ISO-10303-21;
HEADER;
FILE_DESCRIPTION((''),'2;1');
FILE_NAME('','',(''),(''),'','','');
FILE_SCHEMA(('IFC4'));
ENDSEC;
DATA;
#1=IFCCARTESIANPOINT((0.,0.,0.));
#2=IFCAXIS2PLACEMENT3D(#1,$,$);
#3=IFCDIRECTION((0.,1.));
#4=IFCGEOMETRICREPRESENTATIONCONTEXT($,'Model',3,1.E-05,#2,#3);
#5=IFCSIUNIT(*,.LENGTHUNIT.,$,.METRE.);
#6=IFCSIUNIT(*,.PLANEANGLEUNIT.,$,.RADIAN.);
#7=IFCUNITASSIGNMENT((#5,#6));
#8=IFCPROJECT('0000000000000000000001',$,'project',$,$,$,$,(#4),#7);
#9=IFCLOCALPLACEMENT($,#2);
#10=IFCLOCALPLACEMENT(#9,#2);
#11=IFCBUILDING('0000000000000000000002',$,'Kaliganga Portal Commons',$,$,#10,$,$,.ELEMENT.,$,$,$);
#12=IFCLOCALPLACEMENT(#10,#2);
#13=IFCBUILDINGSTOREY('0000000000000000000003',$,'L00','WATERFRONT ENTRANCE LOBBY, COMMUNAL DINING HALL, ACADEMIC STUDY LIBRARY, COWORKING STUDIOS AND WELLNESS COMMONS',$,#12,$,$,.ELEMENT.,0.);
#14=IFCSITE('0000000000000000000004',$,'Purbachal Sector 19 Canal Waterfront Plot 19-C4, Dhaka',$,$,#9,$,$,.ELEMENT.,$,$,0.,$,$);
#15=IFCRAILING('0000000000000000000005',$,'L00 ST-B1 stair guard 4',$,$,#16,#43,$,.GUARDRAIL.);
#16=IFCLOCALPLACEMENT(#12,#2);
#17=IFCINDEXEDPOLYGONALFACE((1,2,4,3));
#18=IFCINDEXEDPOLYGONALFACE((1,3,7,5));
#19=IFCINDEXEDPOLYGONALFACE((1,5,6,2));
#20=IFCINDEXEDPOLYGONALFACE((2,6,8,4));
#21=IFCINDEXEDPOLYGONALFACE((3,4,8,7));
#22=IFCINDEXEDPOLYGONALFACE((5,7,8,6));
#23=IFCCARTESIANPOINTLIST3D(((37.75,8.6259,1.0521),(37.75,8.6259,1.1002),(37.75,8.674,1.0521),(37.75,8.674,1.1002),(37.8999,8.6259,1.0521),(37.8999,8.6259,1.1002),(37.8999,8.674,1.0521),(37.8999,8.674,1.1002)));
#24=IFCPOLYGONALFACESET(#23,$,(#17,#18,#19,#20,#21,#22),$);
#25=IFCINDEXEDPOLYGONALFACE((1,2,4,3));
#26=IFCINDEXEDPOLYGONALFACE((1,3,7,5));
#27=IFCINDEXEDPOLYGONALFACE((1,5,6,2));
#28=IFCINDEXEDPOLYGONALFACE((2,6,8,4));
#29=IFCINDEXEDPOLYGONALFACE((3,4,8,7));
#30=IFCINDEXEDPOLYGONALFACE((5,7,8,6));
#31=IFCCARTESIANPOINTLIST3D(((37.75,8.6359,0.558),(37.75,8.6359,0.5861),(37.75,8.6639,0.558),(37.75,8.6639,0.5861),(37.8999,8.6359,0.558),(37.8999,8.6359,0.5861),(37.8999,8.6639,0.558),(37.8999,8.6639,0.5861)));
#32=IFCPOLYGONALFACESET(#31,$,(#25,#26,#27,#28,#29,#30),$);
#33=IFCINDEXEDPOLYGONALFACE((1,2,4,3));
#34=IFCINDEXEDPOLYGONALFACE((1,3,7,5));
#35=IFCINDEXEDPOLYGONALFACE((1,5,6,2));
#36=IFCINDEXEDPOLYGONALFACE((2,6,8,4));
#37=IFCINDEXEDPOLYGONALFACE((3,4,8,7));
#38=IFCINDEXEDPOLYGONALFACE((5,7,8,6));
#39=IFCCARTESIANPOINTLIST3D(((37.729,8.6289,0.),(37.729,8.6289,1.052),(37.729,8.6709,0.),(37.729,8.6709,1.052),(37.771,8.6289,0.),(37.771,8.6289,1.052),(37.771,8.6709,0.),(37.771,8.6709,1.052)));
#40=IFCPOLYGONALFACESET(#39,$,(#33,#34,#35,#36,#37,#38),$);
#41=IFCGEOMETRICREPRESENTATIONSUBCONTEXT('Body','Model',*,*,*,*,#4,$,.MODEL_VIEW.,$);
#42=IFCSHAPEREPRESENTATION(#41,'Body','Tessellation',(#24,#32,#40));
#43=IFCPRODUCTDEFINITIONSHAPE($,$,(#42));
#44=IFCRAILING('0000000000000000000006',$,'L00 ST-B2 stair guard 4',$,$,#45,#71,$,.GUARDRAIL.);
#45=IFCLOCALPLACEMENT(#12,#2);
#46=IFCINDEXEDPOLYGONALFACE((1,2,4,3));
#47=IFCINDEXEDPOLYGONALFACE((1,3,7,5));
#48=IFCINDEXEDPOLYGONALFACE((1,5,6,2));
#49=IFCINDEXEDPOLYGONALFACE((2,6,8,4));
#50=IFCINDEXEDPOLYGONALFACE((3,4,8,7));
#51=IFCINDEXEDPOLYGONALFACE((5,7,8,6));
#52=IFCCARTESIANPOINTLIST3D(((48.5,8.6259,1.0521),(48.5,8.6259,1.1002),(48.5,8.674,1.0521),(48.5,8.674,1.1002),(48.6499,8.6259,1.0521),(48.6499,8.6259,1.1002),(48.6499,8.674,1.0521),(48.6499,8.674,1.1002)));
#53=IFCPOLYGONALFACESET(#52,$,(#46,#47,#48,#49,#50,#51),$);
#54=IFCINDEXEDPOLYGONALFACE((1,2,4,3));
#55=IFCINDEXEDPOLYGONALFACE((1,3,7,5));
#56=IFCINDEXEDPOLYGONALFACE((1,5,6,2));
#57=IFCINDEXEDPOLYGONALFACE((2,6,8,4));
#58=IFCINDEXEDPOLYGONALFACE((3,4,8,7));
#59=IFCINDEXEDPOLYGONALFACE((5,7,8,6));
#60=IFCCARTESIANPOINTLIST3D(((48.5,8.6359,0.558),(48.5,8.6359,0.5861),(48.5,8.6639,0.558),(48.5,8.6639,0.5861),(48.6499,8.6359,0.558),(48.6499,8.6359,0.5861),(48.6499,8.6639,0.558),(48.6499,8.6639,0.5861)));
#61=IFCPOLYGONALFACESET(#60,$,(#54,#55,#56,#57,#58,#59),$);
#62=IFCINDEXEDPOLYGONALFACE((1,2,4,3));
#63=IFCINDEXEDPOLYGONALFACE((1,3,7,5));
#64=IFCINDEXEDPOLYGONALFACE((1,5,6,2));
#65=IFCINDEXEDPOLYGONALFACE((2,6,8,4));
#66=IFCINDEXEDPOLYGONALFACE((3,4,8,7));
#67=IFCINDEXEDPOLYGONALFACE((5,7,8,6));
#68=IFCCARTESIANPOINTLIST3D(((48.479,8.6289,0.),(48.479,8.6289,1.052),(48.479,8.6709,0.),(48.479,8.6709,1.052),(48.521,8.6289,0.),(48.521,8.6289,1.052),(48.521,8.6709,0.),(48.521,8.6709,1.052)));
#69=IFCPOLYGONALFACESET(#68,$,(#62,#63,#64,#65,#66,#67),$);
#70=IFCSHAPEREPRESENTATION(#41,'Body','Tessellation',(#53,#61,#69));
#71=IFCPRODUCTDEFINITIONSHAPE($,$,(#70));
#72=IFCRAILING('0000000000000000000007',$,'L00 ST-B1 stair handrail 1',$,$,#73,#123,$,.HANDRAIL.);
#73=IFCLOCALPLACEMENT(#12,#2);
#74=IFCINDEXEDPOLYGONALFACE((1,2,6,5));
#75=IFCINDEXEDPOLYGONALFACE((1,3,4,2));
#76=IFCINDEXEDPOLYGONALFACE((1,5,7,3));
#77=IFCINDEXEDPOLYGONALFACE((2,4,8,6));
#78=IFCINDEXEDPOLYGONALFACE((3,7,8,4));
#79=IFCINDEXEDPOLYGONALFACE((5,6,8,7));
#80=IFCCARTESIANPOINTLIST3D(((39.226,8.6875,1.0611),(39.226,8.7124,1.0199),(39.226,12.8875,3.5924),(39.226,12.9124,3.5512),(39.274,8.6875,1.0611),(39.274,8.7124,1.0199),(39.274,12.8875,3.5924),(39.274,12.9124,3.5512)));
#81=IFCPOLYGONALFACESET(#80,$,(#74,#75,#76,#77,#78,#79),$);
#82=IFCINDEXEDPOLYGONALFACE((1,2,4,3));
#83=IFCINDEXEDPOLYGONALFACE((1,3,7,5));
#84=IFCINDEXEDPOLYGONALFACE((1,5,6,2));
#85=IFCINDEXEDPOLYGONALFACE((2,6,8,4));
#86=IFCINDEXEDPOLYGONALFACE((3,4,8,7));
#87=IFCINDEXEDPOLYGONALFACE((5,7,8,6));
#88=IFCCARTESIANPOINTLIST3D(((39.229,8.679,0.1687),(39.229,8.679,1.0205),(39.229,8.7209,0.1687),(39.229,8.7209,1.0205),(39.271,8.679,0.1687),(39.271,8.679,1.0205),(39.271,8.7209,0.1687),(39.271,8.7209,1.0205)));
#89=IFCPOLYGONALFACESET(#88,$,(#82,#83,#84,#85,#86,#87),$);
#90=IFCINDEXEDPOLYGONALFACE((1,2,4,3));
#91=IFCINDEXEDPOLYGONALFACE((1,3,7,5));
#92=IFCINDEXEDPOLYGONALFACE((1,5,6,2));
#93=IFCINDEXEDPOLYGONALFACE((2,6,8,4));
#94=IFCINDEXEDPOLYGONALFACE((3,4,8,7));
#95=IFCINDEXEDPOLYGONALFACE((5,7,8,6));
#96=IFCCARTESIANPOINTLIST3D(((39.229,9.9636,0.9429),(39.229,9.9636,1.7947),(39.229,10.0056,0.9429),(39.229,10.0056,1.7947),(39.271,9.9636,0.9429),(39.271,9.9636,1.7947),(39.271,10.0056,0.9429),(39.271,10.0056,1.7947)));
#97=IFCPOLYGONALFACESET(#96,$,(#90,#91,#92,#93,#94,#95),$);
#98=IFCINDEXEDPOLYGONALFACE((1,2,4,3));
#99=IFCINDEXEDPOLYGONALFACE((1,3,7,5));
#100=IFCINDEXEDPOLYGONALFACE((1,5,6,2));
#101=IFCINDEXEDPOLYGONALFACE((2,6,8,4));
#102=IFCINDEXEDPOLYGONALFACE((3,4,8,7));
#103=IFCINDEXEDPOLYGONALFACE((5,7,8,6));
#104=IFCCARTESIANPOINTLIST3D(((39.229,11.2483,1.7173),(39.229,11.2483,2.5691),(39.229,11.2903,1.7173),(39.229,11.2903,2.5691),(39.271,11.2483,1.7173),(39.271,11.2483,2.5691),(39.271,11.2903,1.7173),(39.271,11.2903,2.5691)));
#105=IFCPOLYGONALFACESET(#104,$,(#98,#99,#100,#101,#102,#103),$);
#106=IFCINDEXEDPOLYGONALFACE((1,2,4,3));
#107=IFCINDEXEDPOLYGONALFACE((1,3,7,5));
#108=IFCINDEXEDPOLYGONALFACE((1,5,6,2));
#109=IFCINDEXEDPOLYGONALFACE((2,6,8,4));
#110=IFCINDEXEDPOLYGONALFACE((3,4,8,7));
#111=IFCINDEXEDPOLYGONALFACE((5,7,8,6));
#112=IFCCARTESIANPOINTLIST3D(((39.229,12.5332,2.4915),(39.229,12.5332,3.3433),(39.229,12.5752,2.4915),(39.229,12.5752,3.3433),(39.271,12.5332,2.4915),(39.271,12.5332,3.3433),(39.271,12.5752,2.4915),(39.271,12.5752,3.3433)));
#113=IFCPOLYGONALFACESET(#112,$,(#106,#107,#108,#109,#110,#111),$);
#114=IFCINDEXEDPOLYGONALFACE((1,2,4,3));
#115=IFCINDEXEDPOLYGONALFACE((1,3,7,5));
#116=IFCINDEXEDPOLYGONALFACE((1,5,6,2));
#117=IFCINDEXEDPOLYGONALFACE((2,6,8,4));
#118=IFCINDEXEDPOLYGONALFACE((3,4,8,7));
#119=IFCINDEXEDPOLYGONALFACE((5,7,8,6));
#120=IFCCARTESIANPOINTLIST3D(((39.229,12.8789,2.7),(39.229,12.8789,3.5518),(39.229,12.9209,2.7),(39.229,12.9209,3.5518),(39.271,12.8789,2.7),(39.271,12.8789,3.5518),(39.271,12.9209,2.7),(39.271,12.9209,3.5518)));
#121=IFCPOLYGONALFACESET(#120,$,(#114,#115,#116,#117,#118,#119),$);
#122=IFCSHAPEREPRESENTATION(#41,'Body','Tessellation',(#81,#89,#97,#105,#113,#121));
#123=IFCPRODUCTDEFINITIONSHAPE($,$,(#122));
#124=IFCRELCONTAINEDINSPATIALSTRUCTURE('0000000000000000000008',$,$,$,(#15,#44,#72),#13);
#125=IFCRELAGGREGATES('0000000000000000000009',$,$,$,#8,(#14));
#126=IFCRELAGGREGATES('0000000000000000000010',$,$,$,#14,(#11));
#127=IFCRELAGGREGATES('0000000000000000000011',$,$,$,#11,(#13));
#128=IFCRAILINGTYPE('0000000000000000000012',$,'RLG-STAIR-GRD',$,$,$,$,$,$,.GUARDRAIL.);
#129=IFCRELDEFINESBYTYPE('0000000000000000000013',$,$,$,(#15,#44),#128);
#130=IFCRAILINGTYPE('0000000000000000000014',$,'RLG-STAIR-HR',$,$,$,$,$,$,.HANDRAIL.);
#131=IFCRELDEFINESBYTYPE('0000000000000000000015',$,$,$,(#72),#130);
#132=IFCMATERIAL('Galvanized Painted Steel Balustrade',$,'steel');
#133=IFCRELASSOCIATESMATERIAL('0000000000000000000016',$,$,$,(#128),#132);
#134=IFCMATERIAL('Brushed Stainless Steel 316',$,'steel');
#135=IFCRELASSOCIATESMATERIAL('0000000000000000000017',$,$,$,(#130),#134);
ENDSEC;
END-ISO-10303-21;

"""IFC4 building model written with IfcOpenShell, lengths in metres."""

from ifc_helpers import new_model, si_unit, direction, frame, origin, origin_2d, place, context, subcontext, project, spatial, rectangle, extrude, material, type_object, element, save


model = new_model("IFC4")

# Units and contexts
model_context = context("Model", 3, precision=1e-05, world=origin(), true_north=direction((0.0, 1.0)))
body_context = subcontext(model_context, "Body", "Model", "MODEL_VIEW")
ifc_project = project(units=[si_unit("LENGTHUNIT", "METRE"), si_unit("PLANEANGLEUNIT", "RADIAN")], contexts=[model_context])

# Site, building, storey
site_placement = place(None, origin())
site = spatial("IfcSite", under=ifc_project, at=site_placement, Name="Purbachal Sector 19 Canal Waterfront Plot 19-C4, Dhaka", CompositionType="ELEMENT", RefElevation=0.0)
building_placement = place(site_placement, origin())
building = spatial("IfcBuilding", under=site, at=building_placement, Name="Kaliganga Portal Commons", CompositionType="ELEMENT")
storey_placement = place(building_placement, origin())
storey = spatial("IfcBuildingStorey", under=building, at=storey_placement, Name="L00", Description="WATERFRONT ENTRANCE LOBBY, COMMUNAL DINING HALL, ACADEMIC STUDY LIBRARY, COWORKING STUDIOS AND WELLNESS COMMONS", CompositionType="ELEMENT", Elevation=0.0)

# Railings
ifc_material_1 = material(Name="Galvanized Painted Steel Balustrade", Category="steel")
railing_type_1 = type_object("IfcRailingType", Name="RLG-STAIR-GRD", PredefinedType="GUARDRAIL", material=ifc_material_1)
for number, where, name in (
    (1, (37.8999, 8.6499, 0.0), "L00 ST-B1 stair guard 4"),
    (2, (48.6499, 8.6499, 0.0), "L00 ST-B2 stair guard 4"),
):
    element("IfcRailing", number, at=place(storey_placement, frame(where)), inside=storey, type_object=railing_type_1, Name=name, PredefinedType="GUARDRAIL", context=body_context, shape_type="SweptSolid", body=[
        extrude(rectangle(XDim=0.0481, YDim=0.0481, at=origin_2d()), frame((0.0, 0.0, 1.0762), z_axis=(-1.0, 0.0, 0.0), x_axis=(0.0, -1.0, 0.0)), (0.0, 0.0, 1.0), 0.1499),
        extrude(rectangle(XDim=0.0281, YDim=0.0281, at=origin_2d()), frame((0.0, 0.0, 0.572), z_axis=(-1.0, 0.0, 0.0), x_axis=(0.0, -1.0, 0.0)), (0.0, 0.0, 1.0), 0.1499),
        extrude(rectangle(XDim=0.042, YDim=0.042, at=origin_2d()), frame((-0.1499, 0.0, 0.0)), (0.0, 0.0, 1.0), 1.052),
    ])
ifc_material_2 = material(Name="Brushed Stainless Steel 316", Category="steel")
railing_type_2 = type_object("IfcRailingType", Name="RLG-STAIR-HR", PredefinedType="HANDRAIL", material=ifc_material_2)
railing_1_placement = place(storey_placement, frame((39.25, 8.7, 0.1687)))
element("IfcRailing", 3, at=railing_1_placement, inside=storey, type_object=railing_type_2, Name="L00 ST-B1 stair handrail 1", PredefinedType="HANDRAIL", context=body_context, shape_type="SweptSolid", body=[
    extrude(rectangle(XDim=0.0481, YDim=0.0481, at=origin_2d()), frame((0.0, 0.0, 0.8718), z_axis=(0.0, 0.856476, 0.516186), x_axis=(-1.0, 0.0, 0.0)), (0.0, 0.0, 1.0), 4.9038),
    extrude(rectangle(XDim=0.042, YDim=0.042, at=origin_2d()), origin(), (0.0, 0.0, 1.0), 0.8518),
    extrude(rectangle(XDim=0.042, YDim=0.042, at=origin_2d()), frame((0.0, 1.2847, 0.7742)), (0.0, 0.0, 1.0), 0.8518),
    extrude(rectangle(XDim=0.042, YDim=0.042, at=origin_2d()), frame((0.0, 2.5693, 1.5486)), (0.0, 0.0, 1.0), 0.8518),
    extrude(rectangle(XDim=0.042, YDim=0.042, at=origin_2d()), frame((0.0, 3.8542, 2.3228)), (0.0, 0.0, 1.0), 0.8518),
    extrude(rectangle(XDim=0.042, YDim=0.042, at=origin_2d()), frame((0.0, 4.2, 2.5312)), (0.0, 0.0, 1.0), 0.8518),
])

save(model, "model.ifc")
